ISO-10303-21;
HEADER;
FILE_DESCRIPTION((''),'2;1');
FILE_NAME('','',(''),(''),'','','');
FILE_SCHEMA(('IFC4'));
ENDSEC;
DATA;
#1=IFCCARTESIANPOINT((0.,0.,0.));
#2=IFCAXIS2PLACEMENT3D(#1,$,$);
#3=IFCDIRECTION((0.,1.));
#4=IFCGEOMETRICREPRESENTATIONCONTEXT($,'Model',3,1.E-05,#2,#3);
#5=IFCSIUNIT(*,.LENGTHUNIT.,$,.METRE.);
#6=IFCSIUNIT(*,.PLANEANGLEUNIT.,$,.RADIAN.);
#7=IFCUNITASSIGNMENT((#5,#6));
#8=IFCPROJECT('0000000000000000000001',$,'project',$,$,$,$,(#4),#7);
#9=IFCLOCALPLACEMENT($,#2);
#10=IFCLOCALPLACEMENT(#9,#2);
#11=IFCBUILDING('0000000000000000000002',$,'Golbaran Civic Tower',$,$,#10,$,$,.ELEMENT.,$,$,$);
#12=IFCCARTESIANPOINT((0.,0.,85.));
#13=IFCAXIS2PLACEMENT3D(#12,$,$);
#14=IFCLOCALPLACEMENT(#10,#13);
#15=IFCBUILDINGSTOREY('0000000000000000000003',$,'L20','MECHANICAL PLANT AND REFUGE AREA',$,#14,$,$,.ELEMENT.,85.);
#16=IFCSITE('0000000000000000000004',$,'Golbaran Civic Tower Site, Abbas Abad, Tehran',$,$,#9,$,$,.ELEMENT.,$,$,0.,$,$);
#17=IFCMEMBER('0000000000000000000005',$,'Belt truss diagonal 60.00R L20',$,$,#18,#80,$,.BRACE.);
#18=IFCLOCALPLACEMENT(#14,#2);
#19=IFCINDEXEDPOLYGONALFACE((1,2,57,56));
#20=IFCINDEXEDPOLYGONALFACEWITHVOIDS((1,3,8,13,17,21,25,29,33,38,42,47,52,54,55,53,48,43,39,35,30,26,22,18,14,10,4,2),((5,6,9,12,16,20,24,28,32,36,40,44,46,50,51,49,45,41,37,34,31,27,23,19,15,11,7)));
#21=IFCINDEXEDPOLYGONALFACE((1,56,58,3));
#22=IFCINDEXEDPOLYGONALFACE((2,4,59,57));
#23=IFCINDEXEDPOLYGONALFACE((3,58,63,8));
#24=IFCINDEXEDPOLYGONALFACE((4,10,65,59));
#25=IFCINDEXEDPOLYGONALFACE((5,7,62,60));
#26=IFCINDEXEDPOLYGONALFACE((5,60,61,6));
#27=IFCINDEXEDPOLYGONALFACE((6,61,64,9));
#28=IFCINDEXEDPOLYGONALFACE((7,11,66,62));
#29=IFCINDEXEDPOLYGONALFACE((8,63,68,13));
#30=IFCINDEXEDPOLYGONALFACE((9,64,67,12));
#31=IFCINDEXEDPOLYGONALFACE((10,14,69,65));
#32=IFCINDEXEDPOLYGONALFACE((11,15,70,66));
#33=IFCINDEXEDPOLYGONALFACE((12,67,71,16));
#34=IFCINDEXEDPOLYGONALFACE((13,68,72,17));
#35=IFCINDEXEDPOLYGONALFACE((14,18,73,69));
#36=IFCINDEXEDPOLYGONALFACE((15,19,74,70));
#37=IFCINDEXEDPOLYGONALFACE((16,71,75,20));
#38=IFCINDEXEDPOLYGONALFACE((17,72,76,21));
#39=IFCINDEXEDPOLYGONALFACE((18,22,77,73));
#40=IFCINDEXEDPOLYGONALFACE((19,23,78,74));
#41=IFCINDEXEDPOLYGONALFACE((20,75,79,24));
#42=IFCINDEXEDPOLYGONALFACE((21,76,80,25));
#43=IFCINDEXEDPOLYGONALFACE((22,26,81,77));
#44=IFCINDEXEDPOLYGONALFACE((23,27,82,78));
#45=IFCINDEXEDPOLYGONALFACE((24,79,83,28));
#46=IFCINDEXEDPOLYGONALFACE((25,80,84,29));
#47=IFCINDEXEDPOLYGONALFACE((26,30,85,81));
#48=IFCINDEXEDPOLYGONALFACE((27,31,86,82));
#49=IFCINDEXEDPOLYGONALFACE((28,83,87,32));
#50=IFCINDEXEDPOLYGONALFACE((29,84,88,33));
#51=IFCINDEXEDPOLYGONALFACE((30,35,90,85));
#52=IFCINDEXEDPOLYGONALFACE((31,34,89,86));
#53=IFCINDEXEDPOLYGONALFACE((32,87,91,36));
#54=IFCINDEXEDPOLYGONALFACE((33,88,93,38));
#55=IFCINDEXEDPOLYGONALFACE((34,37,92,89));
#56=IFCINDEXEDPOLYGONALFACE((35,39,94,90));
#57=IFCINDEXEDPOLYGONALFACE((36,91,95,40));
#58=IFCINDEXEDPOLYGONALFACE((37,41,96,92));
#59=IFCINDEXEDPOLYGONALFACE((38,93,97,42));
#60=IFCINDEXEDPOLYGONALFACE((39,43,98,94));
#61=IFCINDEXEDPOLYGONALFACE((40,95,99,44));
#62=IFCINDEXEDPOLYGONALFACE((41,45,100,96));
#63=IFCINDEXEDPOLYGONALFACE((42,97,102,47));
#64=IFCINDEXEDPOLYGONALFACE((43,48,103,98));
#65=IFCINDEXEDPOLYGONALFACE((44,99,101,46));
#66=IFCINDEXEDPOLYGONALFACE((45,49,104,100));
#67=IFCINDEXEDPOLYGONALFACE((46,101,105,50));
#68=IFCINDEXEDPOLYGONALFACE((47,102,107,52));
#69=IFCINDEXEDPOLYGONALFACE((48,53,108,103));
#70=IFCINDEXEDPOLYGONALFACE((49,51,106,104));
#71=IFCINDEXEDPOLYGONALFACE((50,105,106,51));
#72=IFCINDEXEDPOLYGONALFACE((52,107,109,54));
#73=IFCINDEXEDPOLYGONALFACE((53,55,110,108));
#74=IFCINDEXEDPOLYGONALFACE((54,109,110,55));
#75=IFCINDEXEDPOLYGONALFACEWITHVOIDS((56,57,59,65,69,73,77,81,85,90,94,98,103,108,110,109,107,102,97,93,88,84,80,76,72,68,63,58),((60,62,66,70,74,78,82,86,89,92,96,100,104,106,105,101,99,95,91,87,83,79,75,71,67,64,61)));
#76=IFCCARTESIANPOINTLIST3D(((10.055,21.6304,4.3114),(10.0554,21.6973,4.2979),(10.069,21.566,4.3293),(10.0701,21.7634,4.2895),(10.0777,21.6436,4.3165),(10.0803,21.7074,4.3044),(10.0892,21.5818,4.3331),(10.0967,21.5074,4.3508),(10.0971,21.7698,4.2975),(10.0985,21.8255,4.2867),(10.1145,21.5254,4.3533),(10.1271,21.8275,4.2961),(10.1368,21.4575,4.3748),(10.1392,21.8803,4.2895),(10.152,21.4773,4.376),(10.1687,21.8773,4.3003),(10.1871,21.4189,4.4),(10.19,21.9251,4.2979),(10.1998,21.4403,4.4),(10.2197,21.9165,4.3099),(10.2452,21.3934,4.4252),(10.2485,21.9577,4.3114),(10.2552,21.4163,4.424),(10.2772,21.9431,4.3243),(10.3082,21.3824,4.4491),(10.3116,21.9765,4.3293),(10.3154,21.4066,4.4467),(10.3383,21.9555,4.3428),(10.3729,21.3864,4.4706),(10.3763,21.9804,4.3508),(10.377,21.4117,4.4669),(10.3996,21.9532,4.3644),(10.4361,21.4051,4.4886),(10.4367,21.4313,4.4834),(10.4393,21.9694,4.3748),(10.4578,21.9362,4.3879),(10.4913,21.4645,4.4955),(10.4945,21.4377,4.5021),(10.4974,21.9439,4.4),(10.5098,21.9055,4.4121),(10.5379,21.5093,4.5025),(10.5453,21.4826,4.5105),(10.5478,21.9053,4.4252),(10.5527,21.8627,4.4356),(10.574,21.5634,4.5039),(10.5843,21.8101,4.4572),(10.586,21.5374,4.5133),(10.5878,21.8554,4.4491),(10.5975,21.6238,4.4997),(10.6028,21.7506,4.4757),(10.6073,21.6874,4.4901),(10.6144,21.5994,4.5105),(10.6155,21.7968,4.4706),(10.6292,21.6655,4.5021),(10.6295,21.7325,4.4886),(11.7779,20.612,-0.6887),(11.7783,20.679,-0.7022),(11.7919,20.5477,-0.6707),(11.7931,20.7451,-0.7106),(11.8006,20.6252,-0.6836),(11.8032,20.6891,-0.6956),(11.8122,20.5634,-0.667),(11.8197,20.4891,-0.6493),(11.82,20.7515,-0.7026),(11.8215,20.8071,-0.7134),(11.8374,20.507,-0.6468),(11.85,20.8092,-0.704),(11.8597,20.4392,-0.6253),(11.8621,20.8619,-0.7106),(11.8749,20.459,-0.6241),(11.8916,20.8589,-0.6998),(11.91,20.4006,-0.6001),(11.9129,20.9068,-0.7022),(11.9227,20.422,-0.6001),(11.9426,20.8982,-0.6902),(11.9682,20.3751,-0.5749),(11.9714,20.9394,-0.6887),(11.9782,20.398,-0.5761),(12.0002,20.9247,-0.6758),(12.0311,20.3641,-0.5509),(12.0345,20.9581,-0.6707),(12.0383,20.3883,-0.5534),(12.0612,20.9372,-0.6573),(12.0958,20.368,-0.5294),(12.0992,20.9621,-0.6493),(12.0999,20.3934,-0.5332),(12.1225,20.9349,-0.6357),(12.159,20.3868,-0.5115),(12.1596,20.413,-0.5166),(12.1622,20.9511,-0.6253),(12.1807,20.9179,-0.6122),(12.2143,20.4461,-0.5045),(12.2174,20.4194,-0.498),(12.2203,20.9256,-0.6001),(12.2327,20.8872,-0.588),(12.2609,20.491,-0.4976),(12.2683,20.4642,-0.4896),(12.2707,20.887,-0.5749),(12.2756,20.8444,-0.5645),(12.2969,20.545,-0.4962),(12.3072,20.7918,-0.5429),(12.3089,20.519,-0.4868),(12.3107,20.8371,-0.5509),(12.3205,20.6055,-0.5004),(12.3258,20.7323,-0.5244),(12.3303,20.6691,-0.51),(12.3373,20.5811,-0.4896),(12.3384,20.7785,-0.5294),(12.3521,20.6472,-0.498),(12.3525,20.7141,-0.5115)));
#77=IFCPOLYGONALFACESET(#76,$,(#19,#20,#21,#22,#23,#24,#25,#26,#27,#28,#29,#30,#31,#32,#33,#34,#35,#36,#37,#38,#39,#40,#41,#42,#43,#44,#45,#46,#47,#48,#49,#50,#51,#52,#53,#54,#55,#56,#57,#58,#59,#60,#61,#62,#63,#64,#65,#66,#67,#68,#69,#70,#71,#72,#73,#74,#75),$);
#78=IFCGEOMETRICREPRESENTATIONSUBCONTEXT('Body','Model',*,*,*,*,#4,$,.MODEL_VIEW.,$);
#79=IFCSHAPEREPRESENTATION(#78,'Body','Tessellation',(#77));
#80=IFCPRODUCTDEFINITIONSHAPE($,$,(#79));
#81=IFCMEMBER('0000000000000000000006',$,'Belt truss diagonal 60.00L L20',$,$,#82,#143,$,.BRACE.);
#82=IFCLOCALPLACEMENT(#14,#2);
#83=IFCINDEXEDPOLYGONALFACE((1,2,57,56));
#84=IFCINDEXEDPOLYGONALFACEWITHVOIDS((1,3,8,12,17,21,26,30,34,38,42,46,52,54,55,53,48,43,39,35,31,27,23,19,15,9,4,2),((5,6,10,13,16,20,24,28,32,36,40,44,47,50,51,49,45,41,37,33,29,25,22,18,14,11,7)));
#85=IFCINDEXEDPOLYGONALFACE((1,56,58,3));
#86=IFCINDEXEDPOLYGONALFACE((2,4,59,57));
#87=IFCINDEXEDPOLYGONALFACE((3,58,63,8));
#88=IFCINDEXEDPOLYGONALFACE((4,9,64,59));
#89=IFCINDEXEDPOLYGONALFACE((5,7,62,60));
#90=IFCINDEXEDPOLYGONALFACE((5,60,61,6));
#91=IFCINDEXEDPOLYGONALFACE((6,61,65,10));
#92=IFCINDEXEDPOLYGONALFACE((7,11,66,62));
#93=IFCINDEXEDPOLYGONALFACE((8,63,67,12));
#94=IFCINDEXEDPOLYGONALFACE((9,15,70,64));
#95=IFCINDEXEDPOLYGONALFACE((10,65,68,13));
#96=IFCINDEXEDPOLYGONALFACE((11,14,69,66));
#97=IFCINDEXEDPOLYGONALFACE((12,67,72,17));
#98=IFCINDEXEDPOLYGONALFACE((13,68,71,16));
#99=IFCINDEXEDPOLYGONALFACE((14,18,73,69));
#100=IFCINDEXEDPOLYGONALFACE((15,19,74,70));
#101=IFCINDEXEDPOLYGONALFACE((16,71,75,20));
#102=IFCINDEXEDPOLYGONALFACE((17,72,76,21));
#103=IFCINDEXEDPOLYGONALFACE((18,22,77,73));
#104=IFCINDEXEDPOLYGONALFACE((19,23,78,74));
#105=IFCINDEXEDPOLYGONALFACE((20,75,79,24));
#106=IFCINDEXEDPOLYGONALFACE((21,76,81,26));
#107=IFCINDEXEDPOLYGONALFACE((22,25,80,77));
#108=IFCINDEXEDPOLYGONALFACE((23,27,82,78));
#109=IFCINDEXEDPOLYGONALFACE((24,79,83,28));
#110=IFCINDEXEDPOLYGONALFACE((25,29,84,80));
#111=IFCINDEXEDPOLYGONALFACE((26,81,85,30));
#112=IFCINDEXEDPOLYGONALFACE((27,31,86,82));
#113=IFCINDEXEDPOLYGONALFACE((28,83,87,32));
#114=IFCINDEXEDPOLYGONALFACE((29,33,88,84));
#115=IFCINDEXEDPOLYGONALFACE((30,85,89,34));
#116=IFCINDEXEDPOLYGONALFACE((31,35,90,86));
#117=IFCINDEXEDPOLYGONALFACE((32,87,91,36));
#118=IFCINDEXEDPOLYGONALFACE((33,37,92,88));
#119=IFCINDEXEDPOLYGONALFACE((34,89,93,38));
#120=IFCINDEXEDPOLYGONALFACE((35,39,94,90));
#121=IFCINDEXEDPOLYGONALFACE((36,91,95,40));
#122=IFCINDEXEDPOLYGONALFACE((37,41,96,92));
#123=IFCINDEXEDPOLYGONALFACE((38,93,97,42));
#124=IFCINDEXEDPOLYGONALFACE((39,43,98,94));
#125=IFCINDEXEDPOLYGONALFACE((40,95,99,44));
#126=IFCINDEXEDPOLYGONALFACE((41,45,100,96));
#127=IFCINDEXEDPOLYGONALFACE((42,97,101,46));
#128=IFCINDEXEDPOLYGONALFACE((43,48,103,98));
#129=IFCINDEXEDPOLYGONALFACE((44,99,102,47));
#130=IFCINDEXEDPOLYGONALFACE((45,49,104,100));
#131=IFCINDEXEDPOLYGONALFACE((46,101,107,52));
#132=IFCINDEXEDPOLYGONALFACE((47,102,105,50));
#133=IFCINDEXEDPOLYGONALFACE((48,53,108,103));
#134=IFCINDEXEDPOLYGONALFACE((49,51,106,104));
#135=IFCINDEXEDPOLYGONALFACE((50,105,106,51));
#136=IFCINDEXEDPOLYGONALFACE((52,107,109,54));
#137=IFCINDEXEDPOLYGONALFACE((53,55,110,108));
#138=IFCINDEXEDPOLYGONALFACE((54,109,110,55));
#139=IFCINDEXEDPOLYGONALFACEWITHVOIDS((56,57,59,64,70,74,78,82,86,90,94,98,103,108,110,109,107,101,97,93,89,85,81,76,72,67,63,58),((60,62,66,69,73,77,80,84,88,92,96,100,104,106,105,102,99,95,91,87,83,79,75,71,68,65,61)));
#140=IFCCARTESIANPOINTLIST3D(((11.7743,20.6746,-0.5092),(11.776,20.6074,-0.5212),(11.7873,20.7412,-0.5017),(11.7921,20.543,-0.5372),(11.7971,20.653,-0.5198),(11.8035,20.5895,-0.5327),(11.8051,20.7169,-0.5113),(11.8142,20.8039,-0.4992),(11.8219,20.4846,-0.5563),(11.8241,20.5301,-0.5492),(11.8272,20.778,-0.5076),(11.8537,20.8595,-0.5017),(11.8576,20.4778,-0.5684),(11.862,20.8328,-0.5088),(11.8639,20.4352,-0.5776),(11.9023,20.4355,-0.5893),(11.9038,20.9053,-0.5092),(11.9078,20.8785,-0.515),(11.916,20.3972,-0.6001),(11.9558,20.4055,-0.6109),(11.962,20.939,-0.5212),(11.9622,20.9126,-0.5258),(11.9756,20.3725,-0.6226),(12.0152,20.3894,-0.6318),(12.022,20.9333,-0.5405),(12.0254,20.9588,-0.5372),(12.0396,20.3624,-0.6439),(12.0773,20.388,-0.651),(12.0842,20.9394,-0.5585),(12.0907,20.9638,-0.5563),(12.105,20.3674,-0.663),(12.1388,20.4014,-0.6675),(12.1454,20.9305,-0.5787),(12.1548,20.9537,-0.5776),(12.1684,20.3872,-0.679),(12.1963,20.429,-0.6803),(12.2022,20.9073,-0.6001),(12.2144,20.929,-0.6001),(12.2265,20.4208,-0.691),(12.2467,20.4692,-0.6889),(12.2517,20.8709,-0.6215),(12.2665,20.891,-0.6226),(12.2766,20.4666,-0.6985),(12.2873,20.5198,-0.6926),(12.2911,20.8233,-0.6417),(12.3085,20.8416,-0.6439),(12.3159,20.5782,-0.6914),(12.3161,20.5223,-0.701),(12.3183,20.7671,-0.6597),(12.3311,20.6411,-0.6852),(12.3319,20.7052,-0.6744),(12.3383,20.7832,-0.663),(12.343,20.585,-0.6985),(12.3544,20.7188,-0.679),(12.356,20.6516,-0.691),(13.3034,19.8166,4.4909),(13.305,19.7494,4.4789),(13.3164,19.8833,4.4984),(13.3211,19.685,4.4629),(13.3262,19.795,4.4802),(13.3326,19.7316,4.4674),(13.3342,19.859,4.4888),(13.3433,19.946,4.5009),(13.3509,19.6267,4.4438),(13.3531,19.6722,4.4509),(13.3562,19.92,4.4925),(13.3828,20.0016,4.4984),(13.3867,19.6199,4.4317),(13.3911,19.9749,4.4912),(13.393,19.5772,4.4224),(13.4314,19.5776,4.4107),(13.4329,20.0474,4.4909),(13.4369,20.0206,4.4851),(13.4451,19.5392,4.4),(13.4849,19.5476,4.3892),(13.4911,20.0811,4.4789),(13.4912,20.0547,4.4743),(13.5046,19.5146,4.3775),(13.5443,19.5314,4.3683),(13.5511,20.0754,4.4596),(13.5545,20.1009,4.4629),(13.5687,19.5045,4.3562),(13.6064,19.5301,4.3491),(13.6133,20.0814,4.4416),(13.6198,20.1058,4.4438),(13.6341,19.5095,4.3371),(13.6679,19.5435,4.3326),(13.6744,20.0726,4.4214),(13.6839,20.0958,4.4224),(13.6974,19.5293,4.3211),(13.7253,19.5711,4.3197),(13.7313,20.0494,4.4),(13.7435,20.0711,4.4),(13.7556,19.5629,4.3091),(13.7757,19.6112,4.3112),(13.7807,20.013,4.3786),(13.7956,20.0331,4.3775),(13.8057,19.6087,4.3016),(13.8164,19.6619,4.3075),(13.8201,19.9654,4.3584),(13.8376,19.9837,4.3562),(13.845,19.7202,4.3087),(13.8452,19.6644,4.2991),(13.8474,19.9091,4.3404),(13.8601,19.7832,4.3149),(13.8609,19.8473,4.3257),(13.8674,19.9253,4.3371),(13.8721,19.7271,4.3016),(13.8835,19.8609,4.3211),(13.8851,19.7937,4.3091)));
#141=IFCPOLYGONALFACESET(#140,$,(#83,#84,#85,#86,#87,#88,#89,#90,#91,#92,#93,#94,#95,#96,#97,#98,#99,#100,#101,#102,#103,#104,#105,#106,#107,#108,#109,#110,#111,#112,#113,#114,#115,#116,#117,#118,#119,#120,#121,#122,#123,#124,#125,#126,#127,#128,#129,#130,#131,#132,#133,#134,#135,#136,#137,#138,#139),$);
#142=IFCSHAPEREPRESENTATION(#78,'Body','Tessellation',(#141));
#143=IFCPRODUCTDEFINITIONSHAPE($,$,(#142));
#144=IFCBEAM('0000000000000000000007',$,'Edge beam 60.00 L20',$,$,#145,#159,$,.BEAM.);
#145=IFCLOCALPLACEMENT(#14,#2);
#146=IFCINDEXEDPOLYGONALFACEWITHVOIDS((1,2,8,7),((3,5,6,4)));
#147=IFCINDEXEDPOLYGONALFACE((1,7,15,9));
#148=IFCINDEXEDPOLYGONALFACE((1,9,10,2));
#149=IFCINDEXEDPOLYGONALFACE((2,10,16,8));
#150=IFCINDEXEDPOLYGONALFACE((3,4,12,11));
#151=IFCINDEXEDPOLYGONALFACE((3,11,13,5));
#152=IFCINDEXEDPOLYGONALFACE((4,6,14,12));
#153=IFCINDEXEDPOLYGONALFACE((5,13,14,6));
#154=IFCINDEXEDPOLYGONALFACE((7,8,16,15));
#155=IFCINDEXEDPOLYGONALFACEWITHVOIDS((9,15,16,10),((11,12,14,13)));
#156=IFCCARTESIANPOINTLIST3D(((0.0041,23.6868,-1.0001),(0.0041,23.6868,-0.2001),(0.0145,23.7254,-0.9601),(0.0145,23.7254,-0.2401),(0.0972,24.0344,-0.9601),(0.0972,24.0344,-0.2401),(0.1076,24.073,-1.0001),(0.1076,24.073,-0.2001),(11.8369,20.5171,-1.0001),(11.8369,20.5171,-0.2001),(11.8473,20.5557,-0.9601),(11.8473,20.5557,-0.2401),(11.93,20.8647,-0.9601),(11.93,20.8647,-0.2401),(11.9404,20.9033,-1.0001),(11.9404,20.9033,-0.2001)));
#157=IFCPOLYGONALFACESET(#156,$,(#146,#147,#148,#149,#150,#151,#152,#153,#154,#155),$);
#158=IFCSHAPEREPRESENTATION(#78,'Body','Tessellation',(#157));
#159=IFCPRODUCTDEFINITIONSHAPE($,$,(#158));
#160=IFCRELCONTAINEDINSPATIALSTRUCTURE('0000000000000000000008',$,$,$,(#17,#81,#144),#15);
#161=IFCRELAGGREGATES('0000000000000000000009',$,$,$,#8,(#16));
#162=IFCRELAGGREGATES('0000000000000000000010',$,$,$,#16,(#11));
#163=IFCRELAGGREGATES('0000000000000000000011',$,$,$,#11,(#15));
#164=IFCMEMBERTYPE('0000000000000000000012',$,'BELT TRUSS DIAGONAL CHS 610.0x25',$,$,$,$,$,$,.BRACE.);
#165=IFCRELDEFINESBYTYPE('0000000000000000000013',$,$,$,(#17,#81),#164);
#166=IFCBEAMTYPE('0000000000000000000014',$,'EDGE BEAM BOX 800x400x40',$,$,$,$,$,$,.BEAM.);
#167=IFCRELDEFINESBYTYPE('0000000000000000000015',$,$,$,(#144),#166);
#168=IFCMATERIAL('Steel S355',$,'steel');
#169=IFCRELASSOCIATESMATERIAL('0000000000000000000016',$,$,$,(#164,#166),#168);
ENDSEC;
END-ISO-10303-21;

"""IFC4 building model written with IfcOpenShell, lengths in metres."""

from ifc_helpers import new_model, si_unit, direction, frame, origin, origin_2d, place, context, subcontext, project, spatial, hollow_rectangle, hollow_circle, extrude, material, material_profile, profile_set, type_object, element, save


model = new_model("IFC4")

# Units and contexts
model_context = context("Model", 3, precision=1e-05, world=origin(), true_north=direction((0.0, 1.0)))
body_context = subcontext(model_context, "Body", "Model", "MODEL_VIEW")
ifc_project = project(units=[si_unit("LENGTHUNIT", "METRE"), si_unit("PLANEANGLEUNIT", "RADIAN")], contexts=[model_context])

# Site, building, storey
site_placement = place(None, origin())
site = spatial("IfcSite", under=ifc_project, at=site_placement, Name="Golbaran Civic Tower Site, Abbas Abad, Tehran", CompositionType="ELEMENT", RefElevation=0.0)
building_placement = place(site_placement, origin())
building = spatial("IfcBuilding", under=site, at=building_placement, Name="Golbaran Civic Tower", CompositionType="ELEMENT")
storey_placement = place(building_placement, frame((0.0, 0.0, 85.0)))
storey = spatial("IfcBuildingStorey", under=building, at=storey_placement, Name="L20", Description="MECHANICAL PLANT AND REFUGE AREA", CompositionType="ELEMENT", Elevation=85.0)

# Members
ifc_material_1 = material(Name="Steel S355", Category="steel")
ifc_material_profile_1 = material_profile(ifc_material_1, hollow_circle(Radius=0.3049, WallThickness=0.0249, at=origin_2d()), Name="CHS 610.0x25")
ifc_profile_set_1 = profile_set([ifc_material_profile_1], Name="Steel S355")
member_type_1 = type_object("IfcMemberType", Name="BELT TRUSS DIAGONAL CHS 610.0x25", PredefinedType="BRACE", material=ifc_profile_set_1)
member_1_placement = place(storey_placement, frame((12.0652, 20.6631, -0.6001), z_axis=(-0.319905, 0.189078, 0.928391), x_axis=(-0.508816, -0.860876, 0.0)))
element("IfcMember", 1, at=member_1_placement, inside=storey, type_object=member_type_1, Name="Belt truss diagonal 60.00R L20", PredefinedType="BRACE", context=body_context, shape_type="SweptSolid", body=[
    extrude(hollow_circle(Radius=0.3049, WallThickness=0.0249, at=origin_2d()), origin(), (0.0, 0.0, 1.0), 5.3857),
])
member_2_placement = place(storey_placement, frame((12.0652, 20.6631, -0.6001), z_axis=(0.288583, -0.161916, 0.943665), x_axis=(0.489316, 0.872107, 0.0)))
element("IfcMember", 2, at=member_2_placement, inside=storey, type_object=member_type_1, Name="Belt truss diagonal 60.00L L20", PredefinedType="BRACE", context=body_context, shape_type="SweptSolid", body=[
    extrude(hollow_circle(Radius=0.3049, WallThickness=0.0249, at=origin_2d()), origin(), (0.0, 0.0, 1.0), 5.2986),
])

# Beam
ifc_material_profile_2 = material_profile(ifc_material_1, hollow_rectangle(XDim=0.3999, YDim=0.8, WallThickness=0.04, at=origin_2d()), Name="BOX 800x400x40")
ifc_profile_set_2 = profile_set([ifc_material_profile_2], Name="Steel S355")
beam_type_1 = type_object("IfcBeamType", Name="EDGE BEAM BOX 800x400x40", PredefinedType="BEAM", material=ifc_profile_set_2)
beam_1_placement = place(storey_placement, frame((11.8887, 20.7102, -0.6001), z_axis=(-0.965944, 0.25875, 0.0), x_axis=(-0.25875, -0.965944, 0.0)))
element("IfcBeam", 3, at=beam_1_placement, inside=storey, type_object=beam_type_1, Name="Edge beam 60.00 L20", PredefinedType="BEAM", context=body_context, shape_type="SweptSolid", body=[
    extrude(hollow_rectangle(XDim=0.3999, YDim=0.8, WallThickness=0.04, at=origin_2d()), origin(), (0.0, 0.0, 1.0), 12.25),
])

save(model, "model.ifc")
